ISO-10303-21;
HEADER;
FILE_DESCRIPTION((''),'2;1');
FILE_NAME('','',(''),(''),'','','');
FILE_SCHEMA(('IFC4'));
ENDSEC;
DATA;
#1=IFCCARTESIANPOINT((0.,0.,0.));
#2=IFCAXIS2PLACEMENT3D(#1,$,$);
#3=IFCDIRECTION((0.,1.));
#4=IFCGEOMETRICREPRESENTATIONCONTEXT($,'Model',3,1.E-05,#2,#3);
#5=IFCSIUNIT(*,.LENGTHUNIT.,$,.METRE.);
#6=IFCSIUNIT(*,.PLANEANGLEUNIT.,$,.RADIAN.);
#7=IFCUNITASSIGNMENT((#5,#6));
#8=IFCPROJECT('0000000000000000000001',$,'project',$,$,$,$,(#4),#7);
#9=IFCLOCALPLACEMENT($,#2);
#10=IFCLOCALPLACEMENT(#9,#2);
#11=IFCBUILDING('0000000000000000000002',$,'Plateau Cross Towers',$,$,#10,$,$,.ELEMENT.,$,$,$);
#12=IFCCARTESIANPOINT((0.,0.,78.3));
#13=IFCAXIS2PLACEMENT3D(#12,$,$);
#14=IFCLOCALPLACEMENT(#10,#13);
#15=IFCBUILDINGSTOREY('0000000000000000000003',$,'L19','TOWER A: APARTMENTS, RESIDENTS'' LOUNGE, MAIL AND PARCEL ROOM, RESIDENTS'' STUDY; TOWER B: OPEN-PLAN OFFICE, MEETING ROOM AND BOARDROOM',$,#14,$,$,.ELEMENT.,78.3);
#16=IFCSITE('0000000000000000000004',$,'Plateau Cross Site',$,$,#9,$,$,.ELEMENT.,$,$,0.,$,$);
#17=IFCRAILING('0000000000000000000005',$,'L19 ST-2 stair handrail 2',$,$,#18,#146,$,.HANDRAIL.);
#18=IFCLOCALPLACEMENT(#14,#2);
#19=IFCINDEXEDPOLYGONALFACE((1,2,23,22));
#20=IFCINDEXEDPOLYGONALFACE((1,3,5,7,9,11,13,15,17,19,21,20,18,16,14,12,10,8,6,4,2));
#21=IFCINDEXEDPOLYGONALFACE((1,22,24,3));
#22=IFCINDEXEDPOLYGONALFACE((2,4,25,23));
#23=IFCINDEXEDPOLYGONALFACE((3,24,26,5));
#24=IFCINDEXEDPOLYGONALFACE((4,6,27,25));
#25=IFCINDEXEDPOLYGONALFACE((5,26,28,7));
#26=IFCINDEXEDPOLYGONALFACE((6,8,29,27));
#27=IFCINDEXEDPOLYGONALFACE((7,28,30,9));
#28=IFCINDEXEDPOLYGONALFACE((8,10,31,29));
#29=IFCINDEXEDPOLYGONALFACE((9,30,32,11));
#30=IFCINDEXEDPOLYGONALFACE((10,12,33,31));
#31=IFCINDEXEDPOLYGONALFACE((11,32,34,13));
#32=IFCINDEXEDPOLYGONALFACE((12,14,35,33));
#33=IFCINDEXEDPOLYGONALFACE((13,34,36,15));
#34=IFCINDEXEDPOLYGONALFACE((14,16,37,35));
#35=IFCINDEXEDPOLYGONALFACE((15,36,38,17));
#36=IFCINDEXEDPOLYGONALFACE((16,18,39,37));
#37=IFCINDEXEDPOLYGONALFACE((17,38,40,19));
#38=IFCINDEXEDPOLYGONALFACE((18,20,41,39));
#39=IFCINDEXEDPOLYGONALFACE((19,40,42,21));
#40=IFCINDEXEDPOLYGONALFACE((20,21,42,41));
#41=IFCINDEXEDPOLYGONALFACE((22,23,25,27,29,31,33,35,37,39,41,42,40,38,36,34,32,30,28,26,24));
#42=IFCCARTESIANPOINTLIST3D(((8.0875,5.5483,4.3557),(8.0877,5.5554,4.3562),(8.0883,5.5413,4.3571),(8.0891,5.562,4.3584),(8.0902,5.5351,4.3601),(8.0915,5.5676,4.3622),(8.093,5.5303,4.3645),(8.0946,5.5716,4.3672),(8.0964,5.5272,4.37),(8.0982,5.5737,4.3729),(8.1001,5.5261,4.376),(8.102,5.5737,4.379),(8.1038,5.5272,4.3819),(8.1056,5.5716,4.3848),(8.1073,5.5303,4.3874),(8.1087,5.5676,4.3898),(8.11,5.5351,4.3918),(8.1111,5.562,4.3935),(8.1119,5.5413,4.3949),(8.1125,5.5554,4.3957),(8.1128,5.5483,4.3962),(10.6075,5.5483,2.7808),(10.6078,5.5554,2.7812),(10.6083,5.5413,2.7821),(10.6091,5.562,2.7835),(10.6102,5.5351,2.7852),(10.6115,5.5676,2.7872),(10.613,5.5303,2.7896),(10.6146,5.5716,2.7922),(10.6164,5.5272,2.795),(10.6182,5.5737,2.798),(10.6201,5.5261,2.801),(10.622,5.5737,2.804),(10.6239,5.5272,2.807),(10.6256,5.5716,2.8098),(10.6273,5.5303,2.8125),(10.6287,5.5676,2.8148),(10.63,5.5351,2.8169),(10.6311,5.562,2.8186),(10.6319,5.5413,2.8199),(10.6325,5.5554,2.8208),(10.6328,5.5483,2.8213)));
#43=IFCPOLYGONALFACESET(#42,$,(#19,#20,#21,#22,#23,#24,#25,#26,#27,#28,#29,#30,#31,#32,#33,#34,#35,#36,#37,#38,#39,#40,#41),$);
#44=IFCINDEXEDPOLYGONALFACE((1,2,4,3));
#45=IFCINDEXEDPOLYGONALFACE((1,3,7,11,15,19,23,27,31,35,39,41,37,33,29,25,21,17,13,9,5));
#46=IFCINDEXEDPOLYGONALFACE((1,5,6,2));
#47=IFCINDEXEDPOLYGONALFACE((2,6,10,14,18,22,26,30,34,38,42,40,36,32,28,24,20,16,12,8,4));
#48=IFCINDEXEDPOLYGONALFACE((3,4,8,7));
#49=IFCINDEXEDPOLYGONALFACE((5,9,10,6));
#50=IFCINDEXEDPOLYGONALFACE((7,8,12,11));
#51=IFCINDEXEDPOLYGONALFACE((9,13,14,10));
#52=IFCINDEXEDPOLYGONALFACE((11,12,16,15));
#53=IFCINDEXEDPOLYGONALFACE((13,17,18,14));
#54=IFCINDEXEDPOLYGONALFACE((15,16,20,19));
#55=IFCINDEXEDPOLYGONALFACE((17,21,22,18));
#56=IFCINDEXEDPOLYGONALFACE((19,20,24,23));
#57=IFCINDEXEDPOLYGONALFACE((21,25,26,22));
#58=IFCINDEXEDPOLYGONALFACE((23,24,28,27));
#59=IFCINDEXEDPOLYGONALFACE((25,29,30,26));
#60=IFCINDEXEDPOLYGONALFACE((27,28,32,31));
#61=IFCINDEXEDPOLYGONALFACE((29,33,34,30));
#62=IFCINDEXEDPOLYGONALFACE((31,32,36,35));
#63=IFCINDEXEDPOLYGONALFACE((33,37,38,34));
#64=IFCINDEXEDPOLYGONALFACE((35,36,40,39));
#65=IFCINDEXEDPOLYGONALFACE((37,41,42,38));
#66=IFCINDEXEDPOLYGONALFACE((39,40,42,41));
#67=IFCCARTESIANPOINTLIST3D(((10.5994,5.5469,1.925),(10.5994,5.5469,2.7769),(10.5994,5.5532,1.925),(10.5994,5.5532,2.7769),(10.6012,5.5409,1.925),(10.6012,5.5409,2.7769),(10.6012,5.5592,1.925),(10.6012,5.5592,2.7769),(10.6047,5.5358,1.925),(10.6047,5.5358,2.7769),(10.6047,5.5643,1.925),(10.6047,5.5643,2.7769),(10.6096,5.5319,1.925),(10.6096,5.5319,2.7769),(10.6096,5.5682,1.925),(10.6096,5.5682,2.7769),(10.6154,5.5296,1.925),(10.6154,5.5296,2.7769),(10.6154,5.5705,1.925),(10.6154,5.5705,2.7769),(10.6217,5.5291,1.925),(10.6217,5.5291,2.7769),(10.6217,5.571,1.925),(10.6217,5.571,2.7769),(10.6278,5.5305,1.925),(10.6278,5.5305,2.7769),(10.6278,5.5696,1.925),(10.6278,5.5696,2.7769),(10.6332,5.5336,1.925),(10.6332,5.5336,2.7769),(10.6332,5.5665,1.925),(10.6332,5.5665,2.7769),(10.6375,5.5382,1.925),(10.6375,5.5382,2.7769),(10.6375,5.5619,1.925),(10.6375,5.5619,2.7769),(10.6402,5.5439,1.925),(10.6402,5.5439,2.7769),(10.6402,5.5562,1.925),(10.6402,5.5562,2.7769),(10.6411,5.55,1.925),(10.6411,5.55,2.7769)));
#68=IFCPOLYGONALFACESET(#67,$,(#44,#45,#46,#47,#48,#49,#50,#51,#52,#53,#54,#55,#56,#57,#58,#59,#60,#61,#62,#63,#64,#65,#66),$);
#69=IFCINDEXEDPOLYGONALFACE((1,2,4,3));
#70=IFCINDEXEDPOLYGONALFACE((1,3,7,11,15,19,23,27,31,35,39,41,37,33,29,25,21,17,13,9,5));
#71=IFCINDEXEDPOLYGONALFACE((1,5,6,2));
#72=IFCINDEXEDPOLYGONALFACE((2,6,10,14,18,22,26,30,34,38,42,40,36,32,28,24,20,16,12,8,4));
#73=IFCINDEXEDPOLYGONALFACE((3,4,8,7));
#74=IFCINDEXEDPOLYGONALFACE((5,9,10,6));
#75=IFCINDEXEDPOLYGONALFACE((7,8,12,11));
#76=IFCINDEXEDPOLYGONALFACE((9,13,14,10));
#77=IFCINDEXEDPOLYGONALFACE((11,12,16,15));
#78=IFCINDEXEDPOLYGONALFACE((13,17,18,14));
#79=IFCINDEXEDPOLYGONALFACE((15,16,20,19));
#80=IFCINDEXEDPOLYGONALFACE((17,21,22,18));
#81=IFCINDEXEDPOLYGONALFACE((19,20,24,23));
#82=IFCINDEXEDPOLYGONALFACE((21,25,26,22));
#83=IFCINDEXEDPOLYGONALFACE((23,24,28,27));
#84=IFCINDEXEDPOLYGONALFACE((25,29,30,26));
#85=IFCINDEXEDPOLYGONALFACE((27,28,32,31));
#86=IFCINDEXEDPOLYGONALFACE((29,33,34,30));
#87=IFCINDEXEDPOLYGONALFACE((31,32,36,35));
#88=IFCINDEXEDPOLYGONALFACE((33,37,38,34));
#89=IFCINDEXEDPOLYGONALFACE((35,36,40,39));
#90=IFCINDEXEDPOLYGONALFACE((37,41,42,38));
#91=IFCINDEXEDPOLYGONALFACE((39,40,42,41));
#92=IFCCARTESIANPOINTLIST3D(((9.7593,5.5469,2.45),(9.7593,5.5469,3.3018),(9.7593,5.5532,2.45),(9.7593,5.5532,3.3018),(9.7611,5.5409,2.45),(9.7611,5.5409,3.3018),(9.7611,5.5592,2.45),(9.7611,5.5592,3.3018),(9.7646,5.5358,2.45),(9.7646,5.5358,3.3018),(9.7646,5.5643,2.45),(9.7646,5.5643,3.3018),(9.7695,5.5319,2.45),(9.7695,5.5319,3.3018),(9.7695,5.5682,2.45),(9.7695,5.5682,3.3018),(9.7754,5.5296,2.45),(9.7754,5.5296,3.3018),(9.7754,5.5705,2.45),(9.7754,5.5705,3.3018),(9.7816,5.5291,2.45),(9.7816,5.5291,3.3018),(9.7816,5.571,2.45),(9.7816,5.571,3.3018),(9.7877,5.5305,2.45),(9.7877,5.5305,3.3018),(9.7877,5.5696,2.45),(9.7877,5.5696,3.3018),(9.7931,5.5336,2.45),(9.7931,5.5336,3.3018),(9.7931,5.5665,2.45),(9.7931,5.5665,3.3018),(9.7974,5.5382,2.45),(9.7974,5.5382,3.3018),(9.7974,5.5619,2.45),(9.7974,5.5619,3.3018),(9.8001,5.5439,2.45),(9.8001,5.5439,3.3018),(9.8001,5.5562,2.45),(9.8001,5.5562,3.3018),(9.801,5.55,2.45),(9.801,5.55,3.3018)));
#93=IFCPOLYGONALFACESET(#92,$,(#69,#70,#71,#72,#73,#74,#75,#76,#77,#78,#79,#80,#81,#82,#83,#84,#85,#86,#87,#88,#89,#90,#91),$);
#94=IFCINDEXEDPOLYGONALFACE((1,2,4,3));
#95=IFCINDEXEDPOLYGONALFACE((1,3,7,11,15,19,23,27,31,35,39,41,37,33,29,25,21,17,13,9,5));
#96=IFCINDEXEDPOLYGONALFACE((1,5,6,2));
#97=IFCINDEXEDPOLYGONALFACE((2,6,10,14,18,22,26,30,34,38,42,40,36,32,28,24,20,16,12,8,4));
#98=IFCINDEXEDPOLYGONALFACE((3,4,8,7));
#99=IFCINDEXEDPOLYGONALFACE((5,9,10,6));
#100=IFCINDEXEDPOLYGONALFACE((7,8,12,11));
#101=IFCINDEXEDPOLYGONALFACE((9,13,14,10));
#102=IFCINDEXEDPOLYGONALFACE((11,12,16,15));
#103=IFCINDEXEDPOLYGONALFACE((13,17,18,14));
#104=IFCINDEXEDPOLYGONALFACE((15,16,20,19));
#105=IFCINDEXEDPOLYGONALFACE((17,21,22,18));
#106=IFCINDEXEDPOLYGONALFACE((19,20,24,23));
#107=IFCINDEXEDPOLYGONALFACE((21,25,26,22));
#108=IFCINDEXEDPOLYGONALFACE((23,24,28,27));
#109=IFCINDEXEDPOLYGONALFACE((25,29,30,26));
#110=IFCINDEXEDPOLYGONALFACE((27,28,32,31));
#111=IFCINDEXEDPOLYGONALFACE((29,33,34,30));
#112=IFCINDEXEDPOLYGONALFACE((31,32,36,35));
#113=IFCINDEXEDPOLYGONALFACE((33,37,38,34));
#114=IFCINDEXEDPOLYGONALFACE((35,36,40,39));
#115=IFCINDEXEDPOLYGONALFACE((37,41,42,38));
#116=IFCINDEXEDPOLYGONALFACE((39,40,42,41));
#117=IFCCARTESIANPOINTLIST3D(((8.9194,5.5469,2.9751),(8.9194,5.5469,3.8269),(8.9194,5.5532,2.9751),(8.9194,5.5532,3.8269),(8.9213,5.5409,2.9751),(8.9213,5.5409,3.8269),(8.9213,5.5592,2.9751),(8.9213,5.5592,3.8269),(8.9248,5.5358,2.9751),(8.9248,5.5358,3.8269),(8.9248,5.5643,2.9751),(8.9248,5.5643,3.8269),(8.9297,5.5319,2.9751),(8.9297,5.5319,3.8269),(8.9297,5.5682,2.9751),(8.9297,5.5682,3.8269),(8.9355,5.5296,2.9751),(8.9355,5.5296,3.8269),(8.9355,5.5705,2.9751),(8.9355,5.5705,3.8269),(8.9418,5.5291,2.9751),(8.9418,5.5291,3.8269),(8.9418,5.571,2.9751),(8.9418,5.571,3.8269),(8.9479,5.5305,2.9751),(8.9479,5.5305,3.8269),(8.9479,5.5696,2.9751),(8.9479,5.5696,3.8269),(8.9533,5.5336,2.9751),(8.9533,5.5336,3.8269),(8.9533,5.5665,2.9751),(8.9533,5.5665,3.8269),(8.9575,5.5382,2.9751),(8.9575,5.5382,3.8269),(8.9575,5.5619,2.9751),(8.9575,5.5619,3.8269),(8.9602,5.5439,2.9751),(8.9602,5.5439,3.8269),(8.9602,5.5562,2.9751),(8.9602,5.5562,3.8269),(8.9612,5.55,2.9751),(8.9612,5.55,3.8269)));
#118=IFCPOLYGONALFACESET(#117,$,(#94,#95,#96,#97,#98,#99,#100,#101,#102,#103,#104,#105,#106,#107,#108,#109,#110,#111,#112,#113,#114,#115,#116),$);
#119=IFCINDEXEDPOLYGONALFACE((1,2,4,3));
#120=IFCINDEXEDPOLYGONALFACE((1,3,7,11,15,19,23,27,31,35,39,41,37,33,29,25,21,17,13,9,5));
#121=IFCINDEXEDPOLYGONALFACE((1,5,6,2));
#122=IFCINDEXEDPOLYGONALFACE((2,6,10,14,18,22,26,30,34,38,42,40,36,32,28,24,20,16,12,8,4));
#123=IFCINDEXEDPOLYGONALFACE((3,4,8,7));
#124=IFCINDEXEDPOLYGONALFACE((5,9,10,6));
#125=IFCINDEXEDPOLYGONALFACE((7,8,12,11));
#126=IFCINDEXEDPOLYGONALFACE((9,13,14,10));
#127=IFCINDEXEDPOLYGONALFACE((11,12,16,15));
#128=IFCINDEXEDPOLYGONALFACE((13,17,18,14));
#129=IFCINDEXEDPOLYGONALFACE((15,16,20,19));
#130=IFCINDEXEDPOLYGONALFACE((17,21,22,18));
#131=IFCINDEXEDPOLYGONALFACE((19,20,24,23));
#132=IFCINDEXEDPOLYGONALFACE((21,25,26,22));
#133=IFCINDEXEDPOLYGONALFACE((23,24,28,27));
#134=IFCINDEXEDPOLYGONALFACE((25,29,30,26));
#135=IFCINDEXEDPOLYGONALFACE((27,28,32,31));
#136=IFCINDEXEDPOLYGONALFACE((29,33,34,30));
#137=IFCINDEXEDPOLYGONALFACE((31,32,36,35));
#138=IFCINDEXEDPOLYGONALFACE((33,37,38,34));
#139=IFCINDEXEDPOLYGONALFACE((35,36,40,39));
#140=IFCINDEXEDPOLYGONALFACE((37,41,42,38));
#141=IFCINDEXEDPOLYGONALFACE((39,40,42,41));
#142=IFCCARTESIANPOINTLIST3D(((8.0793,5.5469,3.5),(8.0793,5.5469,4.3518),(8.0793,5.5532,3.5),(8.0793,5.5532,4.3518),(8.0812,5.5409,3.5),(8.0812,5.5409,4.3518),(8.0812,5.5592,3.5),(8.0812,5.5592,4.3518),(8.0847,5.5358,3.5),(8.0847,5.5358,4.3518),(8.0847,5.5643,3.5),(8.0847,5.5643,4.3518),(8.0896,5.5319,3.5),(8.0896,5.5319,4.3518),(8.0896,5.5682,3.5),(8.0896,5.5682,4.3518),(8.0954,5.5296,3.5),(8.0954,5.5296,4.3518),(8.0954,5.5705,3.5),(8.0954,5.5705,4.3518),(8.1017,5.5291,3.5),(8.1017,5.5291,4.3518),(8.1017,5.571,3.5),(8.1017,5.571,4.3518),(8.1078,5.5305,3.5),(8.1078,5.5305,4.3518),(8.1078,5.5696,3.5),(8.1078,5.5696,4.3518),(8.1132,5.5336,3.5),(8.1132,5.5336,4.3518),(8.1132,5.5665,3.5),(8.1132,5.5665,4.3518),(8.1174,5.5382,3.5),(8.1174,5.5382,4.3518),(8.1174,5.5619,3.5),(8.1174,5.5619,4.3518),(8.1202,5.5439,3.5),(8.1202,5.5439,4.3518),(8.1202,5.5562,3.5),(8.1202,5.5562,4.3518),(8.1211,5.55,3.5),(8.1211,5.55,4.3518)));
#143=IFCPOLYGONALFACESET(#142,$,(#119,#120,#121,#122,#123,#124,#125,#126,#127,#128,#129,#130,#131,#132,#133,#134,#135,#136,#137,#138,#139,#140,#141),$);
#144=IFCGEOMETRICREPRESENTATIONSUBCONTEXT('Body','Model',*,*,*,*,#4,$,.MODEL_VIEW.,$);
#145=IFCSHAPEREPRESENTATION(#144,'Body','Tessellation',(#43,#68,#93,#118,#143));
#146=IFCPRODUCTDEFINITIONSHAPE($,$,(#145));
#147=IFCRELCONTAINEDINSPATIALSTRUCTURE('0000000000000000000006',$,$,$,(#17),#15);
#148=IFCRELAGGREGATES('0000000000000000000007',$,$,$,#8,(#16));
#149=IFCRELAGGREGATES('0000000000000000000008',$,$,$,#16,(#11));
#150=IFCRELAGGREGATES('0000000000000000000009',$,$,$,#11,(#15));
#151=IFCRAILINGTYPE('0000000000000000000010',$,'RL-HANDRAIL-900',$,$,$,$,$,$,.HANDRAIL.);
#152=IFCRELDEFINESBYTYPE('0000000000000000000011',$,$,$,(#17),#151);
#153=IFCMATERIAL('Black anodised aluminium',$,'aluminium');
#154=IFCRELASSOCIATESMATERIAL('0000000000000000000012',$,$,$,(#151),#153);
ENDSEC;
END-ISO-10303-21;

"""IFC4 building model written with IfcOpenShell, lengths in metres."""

from ifc_helpers import new_model, si_unit, direction, frame, origin, origin_2d, place, context, subcontext, project, spatial, circle, extrude, material, type_object, element, save


model = new_model("IFC4")

# Units and contexts
model_context = context("Model", 3, precision=1e-05, world=origin(), true_north=direction((0.0, 1.0)))
body_context = subcontext(model_context, "Body", "Model", "MODEL_VIEW")
ifc_project = project(units=[si_unit("LENGTHUNIT", "METRE"), si_unit("PLANEANGLEUNIT", "RADIAN")], contexts=[model_context])

# Site, building, storey
site_placement = place(None, origin())
site = spatial("IfcSite", under=ifc_project, at=site_placement, Name="Plateau Cross Site", CompositionType="ELEMENT", RefElevation=0.0)
building_placement = place(site_placement, origin())
building = spatial("IfcBuilding", under=site, at=building_placement, Name="Plateau Cross Towers", CompositionType="ELEMENT")
storey_placement = place(building_placement, frame((0.0, 0.0, 78.3)))
storey = spatial("IfcBuildingStorey", under=building, at=storey_placement, Name="L19", Description="TOWER A: APARTMENTS, RESIDENTS' LOUNGE, MAIL AND PARCEL ROOM, RESIDENTS' STUDY; TOWER B: OPEN-PLAN OFFICE, MEETING ROOM AND BOARDROOM", CompositionType="ELEMENT", Elevation=78.3)

# Railing
ifc_material_1 = material(Name="Black anodised aluminium", Category="aluminium")
railing_type = type_object("IfcRailingType", Name="RL-HANDRAIL-900", PredefinedType="HANDRAIL", material=ifc_material_1)
railing_placement = place(storey_placement, frame((10.6201, 5.55, 1.925)))
element("IfcRailing", 1, at=railing_placement, inside=storey, type_object=railing_type, Name="L19 ST-2 stair handrail 2", PredefinedType="HANDRAIL", context=body_context, shape_type="SweptSolid", body=[
    extrude(circle(Radius=0.0239, at=origin_2d()), frame((0.0, 0.0, 0.876), z_axis=(-0.848008, 0.0, 0.529984), x_axis=(0.0, -1.0, 0.0)), (0.0, 0.0, 1.0), 2.9717),
    extrude(circle(Radius=0.021, at=origin_2d()), origin(), (0.0, 0.0, 1.0), 0.8518),
    extrude(circle(Radius=0.021, at=origin_2d()), frame((-0.8401, 0.0, 0.5249)), (0.0, 0.0, 1.0), 0.8518),
    extrude(circle(Radius=0.021, at=origin_2d()), frame((-1.6799, 0.0, 1.05)), (0.0, 0.0, 1.0), 0.8518),
    extrude(circle(Radius=0.021, at=origin_2d()), frame((-2.52, 0.0, 1.575)), (0.0, 0.0, 1.0), 0.8518),
])

save(model, "model.ifc")
